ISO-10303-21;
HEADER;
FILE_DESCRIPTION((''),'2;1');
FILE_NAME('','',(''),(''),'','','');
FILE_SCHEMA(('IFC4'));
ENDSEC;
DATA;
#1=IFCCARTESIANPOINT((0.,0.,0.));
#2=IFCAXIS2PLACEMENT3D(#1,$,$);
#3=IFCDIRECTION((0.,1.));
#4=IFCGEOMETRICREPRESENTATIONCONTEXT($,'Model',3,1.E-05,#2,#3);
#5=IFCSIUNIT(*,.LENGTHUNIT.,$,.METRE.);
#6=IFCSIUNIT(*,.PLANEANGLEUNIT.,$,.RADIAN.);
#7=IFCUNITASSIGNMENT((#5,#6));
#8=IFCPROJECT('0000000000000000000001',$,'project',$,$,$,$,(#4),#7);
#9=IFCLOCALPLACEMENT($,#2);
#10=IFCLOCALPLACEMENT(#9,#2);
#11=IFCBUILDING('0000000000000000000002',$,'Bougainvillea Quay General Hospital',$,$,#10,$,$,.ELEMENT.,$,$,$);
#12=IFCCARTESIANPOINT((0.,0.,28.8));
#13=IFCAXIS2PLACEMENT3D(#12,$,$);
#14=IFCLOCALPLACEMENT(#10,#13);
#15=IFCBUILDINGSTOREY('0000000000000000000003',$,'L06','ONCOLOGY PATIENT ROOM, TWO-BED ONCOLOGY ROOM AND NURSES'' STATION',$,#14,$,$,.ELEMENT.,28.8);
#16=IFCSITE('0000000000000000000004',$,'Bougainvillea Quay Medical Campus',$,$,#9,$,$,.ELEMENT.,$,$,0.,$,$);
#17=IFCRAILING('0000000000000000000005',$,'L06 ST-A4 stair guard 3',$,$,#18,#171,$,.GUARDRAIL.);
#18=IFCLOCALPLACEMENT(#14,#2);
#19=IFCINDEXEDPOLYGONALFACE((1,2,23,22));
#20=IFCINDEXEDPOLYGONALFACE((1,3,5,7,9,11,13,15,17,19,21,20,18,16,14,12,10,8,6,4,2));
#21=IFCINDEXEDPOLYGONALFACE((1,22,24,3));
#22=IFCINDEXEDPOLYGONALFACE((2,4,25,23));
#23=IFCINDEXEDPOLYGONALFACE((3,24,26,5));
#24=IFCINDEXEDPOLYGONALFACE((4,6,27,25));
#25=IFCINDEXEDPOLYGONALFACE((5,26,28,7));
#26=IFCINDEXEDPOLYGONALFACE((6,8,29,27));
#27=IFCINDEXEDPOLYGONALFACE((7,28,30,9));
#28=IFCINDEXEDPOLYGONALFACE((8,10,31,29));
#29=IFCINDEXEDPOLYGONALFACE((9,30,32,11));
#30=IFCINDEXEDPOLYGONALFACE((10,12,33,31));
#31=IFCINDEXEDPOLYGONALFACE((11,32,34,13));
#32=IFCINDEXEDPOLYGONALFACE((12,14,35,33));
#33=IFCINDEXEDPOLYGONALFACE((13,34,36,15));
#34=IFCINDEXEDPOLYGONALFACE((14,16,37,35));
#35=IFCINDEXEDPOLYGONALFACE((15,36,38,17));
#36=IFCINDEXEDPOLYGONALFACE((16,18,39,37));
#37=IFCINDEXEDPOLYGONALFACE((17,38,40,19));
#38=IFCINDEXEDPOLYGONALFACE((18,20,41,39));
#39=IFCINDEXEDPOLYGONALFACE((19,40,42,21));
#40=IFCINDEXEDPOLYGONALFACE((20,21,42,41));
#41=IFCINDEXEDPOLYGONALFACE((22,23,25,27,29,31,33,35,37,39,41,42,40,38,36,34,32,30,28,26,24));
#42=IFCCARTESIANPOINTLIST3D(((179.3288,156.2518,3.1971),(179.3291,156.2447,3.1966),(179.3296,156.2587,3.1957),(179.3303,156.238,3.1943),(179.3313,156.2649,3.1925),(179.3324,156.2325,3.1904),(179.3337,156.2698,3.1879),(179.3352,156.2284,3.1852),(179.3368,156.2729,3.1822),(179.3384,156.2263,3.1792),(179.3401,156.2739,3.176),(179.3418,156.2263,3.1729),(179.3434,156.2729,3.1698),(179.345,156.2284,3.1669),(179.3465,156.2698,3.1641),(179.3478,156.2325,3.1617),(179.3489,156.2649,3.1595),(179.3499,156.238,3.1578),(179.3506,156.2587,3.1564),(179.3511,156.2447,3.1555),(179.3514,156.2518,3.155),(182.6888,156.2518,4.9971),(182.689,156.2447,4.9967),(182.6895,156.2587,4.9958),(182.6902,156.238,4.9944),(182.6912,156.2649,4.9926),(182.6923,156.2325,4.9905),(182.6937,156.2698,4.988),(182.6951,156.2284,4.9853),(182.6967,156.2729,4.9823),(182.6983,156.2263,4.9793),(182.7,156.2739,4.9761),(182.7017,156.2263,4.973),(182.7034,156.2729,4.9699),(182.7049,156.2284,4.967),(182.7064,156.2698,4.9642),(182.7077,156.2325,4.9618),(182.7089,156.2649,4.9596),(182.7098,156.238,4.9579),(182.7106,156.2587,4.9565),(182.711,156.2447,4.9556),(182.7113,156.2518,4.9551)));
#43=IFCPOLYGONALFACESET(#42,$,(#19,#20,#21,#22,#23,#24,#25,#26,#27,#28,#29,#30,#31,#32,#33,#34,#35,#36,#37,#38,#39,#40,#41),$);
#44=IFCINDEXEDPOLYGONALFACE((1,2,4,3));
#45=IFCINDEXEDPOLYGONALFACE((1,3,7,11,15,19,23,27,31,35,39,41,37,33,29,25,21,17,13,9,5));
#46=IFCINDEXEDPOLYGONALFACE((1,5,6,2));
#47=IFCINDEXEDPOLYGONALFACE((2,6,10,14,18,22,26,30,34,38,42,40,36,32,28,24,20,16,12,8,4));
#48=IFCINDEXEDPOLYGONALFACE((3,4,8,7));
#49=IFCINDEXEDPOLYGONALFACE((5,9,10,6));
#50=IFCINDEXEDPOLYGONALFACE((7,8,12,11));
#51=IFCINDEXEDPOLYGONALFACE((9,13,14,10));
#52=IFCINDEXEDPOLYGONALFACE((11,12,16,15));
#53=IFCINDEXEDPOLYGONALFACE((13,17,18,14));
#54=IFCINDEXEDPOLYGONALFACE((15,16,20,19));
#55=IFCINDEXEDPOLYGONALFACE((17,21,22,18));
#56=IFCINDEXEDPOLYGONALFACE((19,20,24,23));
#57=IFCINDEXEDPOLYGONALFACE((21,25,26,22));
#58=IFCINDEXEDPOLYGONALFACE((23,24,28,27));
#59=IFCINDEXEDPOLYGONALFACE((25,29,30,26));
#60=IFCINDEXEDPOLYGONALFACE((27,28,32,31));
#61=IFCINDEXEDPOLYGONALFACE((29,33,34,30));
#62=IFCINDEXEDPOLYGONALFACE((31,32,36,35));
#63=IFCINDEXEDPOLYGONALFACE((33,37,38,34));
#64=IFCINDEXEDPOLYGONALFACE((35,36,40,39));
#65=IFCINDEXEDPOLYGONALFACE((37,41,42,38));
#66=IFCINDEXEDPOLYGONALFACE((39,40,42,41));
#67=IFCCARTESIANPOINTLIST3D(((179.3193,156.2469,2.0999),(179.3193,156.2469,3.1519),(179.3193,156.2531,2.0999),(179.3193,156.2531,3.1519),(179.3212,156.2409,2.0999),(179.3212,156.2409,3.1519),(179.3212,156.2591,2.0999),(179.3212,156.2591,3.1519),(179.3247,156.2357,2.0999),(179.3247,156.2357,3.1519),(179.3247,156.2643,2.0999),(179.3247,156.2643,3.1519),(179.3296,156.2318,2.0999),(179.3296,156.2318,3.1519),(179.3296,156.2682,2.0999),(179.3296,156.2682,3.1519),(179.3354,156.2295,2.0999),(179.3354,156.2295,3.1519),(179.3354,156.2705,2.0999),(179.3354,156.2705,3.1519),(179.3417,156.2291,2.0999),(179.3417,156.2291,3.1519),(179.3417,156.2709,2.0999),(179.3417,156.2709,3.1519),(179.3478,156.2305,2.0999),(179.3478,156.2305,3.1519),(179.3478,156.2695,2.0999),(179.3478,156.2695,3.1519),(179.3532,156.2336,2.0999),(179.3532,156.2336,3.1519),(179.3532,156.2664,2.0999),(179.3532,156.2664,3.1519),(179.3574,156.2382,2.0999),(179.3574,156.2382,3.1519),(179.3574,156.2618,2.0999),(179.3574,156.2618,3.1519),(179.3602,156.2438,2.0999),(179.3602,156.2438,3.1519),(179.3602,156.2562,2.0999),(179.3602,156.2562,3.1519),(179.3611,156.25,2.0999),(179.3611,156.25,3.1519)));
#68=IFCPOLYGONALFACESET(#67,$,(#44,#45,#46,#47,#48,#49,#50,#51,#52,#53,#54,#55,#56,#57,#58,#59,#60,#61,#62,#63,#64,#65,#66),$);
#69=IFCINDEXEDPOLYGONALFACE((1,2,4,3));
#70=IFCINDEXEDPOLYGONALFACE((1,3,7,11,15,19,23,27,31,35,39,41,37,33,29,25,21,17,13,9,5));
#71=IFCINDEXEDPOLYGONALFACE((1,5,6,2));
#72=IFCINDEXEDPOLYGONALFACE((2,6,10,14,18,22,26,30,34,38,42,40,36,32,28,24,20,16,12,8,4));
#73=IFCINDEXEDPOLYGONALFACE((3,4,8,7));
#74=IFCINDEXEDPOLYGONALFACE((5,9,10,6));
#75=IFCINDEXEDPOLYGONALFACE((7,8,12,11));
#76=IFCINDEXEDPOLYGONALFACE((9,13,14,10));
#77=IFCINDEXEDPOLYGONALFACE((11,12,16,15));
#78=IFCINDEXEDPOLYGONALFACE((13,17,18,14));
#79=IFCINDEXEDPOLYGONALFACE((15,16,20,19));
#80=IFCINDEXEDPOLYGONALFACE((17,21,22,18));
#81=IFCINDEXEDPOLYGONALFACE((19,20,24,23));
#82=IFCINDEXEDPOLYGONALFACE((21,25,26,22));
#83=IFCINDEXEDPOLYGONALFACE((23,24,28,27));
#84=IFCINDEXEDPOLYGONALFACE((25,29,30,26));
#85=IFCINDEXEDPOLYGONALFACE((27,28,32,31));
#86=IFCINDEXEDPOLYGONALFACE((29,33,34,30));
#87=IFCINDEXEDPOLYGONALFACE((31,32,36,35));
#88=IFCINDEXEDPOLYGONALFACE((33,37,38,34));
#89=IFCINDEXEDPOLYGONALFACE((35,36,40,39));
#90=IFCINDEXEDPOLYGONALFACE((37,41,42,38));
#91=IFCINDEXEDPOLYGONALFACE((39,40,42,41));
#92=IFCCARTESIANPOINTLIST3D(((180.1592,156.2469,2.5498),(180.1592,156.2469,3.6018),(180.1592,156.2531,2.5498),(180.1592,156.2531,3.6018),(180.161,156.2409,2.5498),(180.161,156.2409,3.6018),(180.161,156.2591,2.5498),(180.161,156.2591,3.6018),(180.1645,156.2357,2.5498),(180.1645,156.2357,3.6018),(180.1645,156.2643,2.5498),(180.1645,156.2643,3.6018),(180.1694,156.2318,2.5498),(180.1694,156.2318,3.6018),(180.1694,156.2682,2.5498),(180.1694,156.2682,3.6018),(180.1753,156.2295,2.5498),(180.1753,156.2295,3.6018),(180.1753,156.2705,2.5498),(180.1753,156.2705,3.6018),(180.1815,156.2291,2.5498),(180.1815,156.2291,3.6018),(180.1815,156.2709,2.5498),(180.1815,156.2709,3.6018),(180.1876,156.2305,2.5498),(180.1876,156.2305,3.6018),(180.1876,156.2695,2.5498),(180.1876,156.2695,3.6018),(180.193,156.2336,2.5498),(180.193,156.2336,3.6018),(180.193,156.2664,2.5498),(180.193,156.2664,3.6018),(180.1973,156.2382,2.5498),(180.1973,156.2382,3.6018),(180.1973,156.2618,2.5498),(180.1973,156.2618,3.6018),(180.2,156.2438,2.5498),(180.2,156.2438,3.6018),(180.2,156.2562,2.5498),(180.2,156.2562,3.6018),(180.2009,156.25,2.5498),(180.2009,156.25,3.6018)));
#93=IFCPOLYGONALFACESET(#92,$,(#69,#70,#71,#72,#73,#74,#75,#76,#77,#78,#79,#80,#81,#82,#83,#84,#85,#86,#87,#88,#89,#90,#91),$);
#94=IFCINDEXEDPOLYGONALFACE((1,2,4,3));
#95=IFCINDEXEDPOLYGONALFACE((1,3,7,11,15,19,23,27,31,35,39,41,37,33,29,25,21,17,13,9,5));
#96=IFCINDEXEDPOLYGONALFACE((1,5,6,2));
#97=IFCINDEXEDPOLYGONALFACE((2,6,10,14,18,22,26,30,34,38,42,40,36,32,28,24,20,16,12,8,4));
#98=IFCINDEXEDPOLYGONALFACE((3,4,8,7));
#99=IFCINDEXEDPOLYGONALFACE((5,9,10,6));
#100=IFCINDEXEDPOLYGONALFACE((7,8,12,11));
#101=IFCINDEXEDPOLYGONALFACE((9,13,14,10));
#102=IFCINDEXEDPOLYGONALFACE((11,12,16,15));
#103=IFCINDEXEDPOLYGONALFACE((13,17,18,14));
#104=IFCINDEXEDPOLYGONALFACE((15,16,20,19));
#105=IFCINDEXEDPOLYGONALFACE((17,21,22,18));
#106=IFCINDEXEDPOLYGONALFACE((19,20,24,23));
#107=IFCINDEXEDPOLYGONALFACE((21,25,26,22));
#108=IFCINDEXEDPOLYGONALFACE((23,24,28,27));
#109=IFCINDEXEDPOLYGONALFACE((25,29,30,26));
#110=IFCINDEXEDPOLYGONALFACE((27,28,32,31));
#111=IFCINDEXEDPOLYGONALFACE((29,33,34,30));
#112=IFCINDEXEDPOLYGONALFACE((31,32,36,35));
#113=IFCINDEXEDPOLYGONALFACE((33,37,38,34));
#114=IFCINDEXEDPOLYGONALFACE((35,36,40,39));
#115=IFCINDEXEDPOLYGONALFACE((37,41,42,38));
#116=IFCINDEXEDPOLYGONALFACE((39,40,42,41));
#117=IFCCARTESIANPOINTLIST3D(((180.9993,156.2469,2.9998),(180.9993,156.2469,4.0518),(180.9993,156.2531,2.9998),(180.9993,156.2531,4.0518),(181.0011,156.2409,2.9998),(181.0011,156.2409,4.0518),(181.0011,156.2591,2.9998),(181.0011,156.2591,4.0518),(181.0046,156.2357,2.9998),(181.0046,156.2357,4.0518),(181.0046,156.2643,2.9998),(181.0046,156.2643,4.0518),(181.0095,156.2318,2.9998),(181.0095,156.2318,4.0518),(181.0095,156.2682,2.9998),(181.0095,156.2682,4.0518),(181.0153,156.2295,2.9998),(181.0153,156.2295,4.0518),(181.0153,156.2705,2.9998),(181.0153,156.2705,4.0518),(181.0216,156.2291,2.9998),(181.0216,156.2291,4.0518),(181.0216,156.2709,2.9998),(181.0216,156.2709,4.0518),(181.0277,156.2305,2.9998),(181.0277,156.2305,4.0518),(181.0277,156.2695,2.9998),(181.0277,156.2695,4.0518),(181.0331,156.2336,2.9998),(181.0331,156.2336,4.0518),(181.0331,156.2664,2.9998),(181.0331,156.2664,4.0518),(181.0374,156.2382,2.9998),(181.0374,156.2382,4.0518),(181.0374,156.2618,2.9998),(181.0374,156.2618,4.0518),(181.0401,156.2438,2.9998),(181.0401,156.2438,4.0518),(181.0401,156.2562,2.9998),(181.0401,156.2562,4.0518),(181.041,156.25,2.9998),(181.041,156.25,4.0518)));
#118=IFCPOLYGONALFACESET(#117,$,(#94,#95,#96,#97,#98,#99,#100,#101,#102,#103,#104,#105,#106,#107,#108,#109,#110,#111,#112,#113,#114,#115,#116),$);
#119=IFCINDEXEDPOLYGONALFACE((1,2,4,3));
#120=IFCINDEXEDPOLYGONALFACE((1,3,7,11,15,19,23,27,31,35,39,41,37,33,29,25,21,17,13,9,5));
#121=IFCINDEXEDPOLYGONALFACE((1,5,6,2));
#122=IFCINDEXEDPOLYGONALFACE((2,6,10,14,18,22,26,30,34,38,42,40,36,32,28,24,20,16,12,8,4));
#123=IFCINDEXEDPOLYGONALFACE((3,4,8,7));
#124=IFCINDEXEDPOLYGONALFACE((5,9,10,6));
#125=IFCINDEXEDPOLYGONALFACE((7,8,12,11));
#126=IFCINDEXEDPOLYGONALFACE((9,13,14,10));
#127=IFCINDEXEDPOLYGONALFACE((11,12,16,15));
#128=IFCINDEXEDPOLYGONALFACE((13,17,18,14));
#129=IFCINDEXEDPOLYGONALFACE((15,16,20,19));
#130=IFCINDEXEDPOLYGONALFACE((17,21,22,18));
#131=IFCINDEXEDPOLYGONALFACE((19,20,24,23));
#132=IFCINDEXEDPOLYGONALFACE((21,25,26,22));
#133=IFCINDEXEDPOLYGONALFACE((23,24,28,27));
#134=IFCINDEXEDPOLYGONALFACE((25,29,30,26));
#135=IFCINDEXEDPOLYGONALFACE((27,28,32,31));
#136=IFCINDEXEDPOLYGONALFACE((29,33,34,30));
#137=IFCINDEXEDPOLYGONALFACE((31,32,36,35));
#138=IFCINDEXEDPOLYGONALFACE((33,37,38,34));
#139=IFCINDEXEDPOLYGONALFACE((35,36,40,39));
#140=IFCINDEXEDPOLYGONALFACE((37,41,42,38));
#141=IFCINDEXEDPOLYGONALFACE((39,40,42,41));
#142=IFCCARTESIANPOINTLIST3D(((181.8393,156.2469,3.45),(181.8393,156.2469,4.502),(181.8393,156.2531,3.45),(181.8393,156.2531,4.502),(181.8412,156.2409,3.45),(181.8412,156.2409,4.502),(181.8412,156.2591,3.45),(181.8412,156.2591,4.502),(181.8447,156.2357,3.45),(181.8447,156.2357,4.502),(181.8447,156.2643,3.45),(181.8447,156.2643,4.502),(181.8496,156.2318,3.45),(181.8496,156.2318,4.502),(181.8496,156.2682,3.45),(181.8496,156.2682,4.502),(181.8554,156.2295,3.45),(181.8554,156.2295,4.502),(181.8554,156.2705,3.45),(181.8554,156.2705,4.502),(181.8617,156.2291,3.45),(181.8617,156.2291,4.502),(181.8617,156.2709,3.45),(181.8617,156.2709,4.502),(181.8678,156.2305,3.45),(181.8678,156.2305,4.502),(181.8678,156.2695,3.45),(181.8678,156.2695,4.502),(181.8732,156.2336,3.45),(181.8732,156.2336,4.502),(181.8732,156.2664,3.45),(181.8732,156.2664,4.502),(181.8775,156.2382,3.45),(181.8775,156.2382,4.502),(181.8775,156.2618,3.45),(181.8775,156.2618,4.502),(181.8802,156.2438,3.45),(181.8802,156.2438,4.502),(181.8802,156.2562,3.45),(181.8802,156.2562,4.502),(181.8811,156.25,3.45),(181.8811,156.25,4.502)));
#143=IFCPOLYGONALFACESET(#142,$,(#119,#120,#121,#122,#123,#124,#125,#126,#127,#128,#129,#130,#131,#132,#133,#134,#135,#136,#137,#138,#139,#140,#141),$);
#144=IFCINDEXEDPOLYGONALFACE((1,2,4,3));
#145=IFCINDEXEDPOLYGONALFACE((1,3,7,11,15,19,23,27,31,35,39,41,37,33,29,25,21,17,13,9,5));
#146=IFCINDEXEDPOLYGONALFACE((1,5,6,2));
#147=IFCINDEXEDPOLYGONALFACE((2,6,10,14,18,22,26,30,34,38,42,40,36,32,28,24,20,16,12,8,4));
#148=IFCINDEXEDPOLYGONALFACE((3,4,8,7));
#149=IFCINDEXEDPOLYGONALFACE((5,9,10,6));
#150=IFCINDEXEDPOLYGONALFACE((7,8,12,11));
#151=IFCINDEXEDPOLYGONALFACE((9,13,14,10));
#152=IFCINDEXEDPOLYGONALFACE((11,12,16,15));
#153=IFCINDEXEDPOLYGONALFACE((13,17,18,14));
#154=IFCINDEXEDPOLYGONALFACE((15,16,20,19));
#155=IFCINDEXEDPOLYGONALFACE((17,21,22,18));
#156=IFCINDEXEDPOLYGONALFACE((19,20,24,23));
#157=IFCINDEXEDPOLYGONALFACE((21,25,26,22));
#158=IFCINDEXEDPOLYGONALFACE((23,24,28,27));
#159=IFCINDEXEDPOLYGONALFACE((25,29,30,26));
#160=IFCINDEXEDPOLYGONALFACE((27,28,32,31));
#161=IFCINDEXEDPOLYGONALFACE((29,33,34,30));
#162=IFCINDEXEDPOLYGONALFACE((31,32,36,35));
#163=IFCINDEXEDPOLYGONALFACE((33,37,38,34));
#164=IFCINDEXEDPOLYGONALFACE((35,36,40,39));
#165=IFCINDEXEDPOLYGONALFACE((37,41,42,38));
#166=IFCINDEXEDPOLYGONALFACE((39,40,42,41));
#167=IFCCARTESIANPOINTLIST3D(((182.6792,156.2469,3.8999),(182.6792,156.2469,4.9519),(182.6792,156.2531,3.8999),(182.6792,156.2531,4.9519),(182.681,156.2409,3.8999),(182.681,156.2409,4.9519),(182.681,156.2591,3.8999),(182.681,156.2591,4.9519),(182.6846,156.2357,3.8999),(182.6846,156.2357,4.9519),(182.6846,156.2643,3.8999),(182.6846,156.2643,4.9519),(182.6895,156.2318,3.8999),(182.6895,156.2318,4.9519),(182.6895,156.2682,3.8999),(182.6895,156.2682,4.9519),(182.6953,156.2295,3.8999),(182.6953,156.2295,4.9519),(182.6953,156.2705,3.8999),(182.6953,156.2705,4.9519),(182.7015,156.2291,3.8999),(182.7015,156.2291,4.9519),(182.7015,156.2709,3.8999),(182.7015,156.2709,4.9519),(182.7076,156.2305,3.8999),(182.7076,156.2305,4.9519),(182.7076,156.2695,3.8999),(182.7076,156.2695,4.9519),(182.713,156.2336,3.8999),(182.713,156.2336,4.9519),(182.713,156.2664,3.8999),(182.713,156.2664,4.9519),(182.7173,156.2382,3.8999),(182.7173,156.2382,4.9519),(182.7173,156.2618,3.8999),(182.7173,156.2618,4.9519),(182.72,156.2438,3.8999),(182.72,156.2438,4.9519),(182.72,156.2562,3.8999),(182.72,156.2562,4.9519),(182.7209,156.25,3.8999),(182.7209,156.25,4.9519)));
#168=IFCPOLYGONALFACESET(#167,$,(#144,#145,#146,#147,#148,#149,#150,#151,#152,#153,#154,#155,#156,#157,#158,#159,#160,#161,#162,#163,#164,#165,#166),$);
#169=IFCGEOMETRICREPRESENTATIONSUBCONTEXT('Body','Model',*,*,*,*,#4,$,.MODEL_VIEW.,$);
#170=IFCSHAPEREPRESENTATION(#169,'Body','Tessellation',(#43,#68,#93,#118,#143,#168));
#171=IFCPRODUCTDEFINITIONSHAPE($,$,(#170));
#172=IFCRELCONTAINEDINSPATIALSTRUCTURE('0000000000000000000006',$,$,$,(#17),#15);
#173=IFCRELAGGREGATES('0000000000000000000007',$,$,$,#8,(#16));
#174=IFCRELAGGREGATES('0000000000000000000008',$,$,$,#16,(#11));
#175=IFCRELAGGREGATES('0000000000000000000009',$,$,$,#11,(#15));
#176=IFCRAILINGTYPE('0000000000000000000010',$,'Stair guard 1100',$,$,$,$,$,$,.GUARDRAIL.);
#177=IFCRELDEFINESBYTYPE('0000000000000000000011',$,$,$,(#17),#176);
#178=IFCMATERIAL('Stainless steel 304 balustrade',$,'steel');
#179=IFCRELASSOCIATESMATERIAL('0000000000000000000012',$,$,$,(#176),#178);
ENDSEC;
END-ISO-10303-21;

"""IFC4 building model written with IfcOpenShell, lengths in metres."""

from ifc_helpers import new_model, si_unit, direction, frame, origin, origin_2d, place, context, subcontext, project, spatial, circle, extrude, material, type_object, element, save


model = new_model("IFC4")

# Units and contexts
model_context = context("Model", 3, precision=1e-05, world=origin(), true_north=direction((0.0, 1.0)))
body_context = subcontext(model_context, "Body", "Model", "MODEL_VIEW")
ifc_project = project(units=[si_unit("LENGTHUNIT", "METRE"), si_unit("PLANEANGLEUNIT", "RADIAN")], contexts=[model_context])

# Site, building, storey
site_placement = place(None, origin())
site = spatial("IfcSite", under=ifc_project, at=site_placement, Name="Bougainvillea Quay Medical Campus", CompositionType="ELEMENT", RefElevation=0.0)
building_placement = place(site_placement, origin())
building = spatial("IfcBuilding", under=site, at=building_placement, Name="Bougainvillea Quay General Hospital", CompositionType="ELEMENT")
storey_placement = place(building_placement, frame((0.0, 0.0, 28.8)))
storey = spatial("IfcBuildingStorey", under=building, at=storey_placement, Name="L06", Description="ONCOLOGY PATIENT ROOM, TWO-BED ONCOLOGY ROOM AND NURSES' STATION", CompositionType="ELEMENT", Elevation=28.8)

# Railing
ifc_material_1 = material(Name="Stainless steel 304 balustrade", Category="steel")
railing_type_1 = type_object("IfcRailingType", Name="Stair guard 1100", PredefinedType="GUARDRAIL", material=ifc_material_1)
railing_1_placement = place(storey_placement, frame((179.3401, 156.25, 2.0999)))
element("IfcRailing", 1, at=railing_1_placement, inside=storey, type_object=railing_type_1, Name="L06 ST-A4 stair guard 3", PredefinedType="GUARDRAIL", context=body_context, shape_type="SweptSolid", body=[
    extrude(circle(Radius=0.0239, at=origin_2d()), frame((0.0, 0.0, 1.0762), z_axis=(0.881467, 0.0, 0.472246), x_axis=(0.0, 1.0, 0.0)), (0.0, 0.0, 1.0), 3.8118),
    extrude(circle(Radius=0.021, at=origin_2d()), origin(), (0.0, 0.0, 1.0), 1.052),
    extrude(circle(Radius=0.021, at=origin_2d()), frame((0.8398, 0.0, 0.45)), (0.0, 0.0, 1.0), 1.052),
    extrude(circle(Radius=0.021, at=origin_2d()), frame((1.6799, 0.0, 0.8999)), (0.0, 0.0, 1.0), 1.052),
    extrude(circle(Radius=0.021, at=origin_2d()), frame((2.52, 0.0, 1.3501)), (0.0, 0.0, 1.0), 1.052),
    extrude(circle(Radius=0.021, at=origin_2d()), frame((3.3599, 0.0, 1.8)), (0.0, 0.0, 1.0), 1.052),
])

save(model, "model.ifc")
